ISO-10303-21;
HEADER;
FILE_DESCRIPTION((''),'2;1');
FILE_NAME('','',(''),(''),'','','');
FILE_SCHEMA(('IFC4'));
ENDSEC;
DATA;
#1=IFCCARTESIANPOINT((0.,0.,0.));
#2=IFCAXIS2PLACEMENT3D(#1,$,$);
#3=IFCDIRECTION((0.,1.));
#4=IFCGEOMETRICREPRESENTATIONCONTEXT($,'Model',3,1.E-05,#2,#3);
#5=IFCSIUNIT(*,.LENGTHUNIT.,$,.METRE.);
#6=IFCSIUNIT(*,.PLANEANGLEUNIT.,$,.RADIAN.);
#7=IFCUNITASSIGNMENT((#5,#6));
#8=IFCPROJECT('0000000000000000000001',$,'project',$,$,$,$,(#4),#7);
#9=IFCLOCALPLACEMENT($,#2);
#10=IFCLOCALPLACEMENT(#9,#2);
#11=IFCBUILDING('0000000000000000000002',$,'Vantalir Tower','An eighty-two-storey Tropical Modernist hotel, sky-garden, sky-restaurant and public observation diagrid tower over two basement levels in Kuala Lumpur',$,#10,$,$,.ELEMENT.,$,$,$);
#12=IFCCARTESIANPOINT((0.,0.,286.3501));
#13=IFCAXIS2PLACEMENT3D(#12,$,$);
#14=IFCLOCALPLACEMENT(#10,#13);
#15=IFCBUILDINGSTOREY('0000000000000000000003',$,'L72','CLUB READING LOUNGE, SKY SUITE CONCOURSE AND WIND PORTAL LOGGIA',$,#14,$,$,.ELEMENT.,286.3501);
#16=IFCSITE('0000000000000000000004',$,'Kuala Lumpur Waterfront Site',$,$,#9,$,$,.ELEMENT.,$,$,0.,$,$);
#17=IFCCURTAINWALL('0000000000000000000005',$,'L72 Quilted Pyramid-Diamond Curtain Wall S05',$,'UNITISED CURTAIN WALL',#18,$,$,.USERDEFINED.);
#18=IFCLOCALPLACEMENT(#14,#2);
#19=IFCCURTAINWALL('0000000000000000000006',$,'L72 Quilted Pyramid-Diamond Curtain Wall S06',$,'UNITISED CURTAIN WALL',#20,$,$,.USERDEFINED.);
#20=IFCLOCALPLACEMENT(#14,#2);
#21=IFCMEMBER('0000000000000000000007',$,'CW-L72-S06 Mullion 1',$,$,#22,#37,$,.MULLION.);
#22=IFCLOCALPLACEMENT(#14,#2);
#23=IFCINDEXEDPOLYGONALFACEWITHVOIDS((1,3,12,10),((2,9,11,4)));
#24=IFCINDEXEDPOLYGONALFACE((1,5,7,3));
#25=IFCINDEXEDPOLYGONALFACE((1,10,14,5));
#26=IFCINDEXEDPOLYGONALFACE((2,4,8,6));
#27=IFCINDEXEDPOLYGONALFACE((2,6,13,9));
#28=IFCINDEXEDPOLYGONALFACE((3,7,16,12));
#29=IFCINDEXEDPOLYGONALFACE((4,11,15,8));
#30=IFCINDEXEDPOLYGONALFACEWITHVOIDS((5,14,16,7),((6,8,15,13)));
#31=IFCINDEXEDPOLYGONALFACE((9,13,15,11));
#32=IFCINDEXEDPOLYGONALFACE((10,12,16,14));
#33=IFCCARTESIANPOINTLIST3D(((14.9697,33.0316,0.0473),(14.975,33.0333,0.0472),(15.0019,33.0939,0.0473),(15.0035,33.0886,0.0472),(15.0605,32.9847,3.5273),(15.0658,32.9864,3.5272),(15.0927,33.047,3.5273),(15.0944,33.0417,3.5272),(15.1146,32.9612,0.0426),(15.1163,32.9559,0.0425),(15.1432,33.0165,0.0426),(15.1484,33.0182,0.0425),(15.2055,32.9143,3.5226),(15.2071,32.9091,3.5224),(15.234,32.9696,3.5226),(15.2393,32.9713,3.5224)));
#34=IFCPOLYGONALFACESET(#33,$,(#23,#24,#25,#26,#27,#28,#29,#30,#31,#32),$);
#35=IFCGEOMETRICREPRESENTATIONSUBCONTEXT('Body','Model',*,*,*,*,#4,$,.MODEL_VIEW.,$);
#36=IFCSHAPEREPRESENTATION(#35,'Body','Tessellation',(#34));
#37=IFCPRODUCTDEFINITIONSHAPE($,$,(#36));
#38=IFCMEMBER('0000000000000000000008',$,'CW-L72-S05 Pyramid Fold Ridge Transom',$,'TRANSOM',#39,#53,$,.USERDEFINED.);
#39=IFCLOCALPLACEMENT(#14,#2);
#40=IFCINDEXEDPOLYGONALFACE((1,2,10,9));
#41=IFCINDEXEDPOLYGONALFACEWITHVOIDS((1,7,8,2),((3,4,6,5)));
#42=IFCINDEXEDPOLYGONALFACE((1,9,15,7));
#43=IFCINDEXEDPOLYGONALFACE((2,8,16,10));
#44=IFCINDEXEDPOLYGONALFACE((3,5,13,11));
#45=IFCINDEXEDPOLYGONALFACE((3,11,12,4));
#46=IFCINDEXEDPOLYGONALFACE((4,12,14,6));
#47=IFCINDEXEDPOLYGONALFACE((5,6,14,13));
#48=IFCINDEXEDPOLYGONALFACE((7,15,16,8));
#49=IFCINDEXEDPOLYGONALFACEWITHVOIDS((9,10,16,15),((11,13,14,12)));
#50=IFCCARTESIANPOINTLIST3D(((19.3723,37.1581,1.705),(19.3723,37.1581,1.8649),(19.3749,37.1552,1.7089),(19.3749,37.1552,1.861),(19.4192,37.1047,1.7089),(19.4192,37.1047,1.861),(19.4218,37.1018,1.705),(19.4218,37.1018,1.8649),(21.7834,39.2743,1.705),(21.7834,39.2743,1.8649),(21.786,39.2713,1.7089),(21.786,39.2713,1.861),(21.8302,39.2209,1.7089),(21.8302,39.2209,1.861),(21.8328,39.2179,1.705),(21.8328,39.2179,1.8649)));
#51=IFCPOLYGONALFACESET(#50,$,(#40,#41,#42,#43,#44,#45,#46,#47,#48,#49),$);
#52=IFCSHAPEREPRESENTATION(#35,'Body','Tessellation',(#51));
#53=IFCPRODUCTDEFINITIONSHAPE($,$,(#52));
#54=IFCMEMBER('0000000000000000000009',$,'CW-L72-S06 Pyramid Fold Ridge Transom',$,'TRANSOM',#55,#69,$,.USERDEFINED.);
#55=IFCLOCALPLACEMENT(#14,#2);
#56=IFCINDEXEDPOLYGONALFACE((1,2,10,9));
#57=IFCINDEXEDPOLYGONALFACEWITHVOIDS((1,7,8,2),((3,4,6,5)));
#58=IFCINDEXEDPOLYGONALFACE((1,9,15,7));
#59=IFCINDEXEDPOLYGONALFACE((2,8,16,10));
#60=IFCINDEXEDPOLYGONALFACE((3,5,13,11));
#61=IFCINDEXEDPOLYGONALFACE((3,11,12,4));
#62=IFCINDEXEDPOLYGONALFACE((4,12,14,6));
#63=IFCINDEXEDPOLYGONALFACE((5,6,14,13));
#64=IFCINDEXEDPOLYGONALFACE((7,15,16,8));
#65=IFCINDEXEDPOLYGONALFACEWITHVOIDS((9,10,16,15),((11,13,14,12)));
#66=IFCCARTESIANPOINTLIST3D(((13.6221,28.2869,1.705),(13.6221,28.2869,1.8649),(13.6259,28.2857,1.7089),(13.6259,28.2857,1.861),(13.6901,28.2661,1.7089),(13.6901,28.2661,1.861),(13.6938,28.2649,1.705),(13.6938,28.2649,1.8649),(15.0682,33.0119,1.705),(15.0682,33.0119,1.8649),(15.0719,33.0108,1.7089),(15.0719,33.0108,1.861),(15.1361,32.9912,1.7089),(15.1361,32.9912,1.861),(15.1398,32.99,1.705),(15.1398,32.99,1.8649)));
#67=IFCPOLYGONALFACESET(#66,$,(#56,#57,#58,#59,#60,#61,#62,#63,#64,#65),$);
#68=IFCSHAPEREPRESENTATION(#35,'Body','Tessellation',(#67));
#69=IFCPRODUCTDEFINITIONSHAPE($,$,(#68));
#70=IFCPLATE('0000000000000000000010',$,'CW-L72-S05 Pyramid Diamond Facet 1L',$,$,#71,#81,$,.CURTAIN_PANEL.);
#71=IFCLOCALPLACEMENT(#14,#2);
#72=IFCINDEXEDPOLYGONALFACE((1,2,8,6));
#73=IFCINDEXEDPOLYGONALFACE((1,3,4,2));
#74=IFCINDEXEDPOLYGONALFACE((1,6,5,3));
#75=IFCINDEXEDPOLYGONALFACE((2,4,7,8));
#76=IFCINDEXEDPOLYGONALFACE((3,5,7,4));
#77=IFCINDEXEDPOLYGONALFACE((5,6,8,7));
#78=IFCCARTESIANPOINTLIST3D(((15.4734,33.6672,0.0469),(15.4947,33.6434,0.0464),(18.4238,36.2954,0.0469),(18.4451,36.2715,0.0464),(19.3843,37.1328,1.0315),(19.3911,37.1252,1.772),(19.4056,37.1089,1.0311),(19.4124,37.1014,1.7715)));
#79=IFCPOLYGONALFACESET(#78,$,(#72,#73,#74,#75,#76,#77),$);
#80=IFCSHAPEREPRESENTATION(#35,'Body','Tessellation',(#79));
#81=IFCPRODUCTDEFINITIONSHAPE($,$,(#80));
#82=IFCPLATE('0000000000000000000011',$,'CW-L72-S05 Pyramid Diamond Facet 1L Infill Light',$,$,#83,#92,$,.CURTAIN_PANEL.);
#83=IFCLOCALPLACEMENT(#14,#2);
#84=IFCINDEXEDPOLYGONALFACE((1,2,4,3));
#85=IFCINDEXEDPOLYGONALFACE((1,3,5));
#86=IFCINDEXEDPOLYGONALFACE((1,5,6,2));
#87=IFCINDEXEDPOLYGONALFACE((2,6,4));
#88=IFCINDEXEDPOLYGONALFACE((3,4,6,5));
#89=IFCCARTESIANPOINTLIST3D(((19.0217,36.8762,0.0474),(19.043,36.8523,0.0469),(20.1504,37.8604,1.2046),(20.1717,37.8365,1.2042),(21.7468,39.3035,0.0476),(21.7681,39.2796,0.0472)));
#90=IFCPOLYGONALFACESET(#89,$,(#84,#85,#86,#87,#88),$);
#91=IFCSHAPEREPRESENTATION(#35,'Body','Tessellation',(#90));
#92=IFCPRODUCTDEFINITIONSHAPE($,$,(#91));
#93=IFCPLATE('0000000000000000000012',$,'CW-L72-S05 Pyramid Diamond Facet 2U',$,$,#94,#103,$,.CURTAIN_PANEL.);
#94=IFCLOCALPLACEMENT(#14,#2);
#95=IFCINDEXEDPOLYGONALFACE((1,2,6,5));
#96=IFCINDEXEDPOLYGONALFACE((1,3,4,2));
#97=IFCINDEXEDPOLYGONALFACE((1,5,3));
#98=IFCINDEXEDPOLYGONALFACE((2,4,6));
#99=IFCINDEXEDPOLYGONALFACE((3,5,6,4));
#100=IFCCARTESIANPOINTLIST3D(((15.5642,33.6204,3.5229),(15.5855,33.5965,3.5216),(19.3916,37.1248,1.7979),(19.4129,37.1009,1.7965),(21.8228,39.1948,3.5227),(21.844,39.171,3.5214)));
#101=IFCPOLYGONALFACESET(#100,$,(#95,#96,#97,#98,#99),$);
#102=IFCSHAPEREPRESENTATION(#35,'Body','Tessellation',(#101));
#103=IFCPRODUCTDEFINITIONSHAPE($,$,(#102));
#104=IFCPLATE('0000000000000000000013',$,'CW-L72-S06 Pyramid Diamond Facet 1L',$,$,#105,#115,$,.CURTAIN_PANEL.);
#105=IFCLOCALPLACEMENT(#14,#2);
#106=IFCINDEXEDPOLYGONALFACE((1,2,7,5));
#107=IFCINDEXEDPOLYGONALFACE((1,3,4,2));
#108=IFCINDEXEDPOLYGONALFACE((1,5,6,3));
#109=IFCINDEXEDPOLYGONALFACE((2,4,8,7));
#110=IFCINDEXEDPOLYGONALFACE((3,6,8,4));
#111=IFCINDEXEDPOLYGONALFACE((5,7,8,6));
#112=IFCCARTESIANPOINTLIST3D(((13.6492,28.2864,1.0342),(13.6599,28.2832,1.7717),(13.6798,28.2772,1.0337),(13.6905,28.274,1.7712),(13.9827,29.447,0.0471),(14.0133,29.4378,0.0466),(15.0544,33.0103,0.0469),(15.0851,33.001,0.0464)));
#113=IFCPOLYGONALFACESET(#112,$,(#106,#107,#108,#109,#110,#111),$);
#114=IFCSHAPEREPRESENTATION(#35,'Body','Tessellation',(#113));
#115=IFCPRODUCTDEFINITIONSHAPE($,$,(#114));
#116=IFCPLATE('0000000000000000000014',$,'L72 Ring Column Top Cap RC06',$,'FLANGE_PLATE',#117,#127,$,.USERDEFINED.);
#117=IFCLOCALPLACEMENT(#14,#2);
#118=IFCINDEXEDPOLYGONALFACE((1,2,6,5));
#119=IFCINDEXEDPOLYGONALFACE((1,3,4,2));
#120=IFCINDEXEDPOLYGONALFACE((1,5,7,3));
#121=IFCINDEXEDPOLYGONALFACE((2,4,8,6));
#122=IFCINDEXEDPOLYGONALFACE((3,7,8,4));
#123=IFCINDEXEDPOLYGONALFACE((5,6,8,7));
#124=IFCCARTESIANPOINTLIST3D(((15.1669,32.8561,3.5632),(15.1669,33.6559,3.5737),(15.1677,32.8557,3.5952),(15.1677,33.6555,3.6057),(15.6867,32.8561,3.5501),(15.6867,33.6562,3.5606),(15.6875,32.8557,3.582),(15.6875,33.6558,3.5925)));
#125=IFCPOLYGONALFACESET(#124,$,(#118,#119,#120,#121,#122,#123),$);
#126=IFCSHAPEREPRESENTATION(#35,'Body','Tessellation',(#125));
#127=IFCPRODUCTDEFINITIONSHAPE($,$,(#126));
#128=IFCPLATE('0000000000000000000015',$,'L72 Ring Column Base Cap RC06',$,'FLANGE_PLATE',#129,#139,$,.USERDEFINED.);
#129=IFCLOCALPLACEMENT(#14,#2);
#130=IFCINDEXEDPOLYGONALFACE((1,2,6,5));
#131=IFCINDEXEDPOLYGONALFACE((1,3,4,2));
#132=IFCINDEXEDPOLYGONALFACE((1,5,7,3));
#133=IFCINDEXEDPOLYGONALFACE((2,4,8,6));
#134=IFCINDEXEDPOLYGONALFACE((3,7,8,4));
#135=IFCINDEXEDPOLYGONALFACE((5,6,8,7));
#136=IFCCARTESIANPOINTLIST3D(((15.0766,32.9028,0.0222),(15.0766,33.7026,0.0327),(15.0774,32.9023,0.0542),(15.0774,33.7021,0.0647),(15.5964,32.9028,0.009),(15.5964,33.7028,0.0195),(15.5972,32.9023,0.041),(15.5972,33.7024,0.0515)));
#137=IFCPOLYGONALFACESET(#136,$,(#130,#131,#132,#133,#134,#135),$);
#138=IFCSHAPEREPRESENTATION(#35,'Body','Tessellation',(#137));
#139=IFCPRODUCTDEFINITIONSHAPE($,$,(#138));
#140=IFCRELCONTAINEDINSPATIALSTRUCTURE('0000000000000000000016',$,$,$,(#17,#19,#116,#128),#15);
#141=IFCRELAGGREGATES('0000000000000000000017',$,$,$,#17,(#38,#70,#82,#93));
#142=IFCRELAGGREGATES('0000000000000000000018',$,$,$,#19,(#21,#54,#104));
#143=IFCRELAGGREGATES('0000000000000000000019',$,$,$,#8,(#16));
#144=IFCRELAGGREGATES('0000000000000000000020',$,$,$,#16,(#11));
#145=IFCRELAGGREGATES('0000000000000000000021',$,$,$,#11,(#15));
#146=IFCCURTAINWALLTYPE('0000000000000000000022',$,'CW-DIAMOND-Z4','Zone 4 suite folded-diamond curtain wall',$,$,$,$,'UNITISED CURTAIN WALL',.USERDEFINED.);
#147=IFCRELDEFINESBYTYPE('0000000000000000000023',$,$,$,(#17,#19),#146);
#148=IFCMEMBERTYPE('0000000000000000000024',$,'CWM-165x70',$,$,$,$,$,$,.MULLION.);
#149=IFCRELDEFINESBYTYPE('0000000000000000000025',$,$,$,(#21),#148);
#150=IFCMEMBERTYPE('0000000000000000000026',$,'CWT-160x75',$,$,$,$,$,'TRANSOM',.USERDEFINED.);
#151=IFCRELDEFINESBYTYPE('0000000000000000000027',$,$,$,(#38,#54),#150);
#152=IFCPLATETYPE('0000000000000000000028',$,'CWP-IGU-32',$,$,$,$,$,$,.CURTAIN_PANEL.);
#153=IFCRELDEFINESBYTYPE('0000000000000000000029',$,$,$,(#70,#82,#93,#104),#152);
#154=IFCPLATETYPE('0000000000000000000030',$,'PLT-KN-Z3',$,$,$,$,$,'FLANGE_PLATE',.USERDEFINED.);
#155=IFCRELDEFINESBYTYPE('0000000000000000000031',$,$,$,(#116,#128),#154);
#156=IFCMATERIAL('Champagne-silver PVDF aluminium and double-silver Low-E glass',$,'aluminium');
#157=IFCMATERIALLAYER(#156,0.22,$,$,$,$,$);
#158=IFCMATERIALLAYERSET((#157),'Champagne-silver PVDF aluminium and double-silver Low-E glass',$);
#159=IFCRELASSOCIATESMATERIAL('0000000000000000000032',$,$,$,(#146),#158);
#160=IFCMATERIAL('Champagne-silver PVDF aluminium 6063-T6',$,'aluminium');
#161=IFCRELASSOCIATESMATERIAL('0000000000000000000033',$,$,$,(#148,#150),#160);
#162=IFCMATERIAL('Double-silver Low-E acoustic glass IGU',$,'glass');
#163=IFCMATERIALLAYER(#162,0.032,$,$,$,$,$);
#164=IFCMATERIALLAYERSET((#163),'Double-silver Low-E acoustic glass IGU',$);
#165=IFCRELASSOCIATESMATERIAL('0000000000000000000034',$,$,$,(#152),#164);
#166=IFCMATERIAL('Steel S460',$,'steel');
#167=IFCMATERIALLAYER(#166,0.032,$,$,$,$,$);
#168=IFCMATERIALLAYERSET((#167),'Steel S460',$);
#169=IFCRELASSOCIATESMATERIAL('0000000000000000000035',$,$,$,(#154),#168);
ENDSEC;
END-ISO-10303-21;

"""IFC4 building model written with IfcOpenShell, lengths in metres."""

from ifc_helpers import new_model, si_unit, direction, frame, origin, origin_2d, place, context, subcontext, project, spatial, polyline, hollow_rectangle, outline, extrude, material, layer, layer_set, material_profile, profile_set, type_object, element, aggregate, save


model = new_model("IFC4")

# Units and contexts
model_context = context("Model", 3, precision=1e-05, world=origin(), true_north=direction((0.0, 1.0)))
body_context = subcontext(model_context, "Body", "Model", "MODEL_VIEW")
ifc_project = project(units=[si_unit("LENGTHUNIT", "METRE"), si_unit("PLANEANGLEUNIT", "RADIAN")], contexts=[model_context])

# Site, building, storey
site_placement = place(None, origin())
site = spatial("IfcSite", under=ifc_project, at=site_placement, Name="Kuala Lumpur Waterfront Site", CompositionType="ELEMENT", RefElevation=0.0)
building_placement = place(site_placement, origin())
building = spatial("IfcBuilding", under=site, at=building_placement, Name="Vantalir Tower", Description="An eighty-two-storey Tropical Modernist hotel, sky-garden, sky-restaurant and public observation diagrid tower over two basement levels in Kuala Lumpur", CompositionType="ELEMENT")
storey_placement = place(building_placement, frame((0.0, 0.0, 286.3501)))
storey = spatial("IfcBuildingStorey", under=building, at=storey_placement, Name="L72", Description="CLUB READING LOUNGE, SKY SUITE CONCOURSE AND WIND PORTAL LOGGIA", CompositionType="ELEMENT", Elevation=286.3501)

# Shared definitions
ifc_material_1 = material(Name="Steel S460", Category="steel")

# Curtain wall
ifc_material_2 = material(Name="Champagne-silver PVDF aluminium and double-silver Low-E glass", Category="aluminium")
ifc_layer_1 = layer(ifc_material_2, 0.22)
ifc_layer_set_1 = layer_set([ifc_layer_1], Name="Champagne-silver PVDF aluminium and double-silver Low-E glass")
curtain_wall_type = type_object("IfcCurtainWallType", Name="CW-DIAMOND-Z4", Description="Zone 4 suite folded-diamond curtain wall", ElementType="UNITISED CURTAIN WALL", PredefinedType="USERDEFINED", material=ifc_layer_set_1)
curtain_wall_1_placement = place(storey_placement, origin())
curtain_wall_1 = element("IfcCurtainWall", 1, at=curtain_wall_1_placement, inside=storey, type_object=curtain_wall_type, Name="L72 Quilted Pyramid-Diamond Curtain Wall S05", ObjectType="UNITISED CURTAIN WALL", PredefinedType="USERDEFINED")
ifc_material_3 = material(Name="Champagne-silver PVDF aluminium 6063-T6", Category="aluminium")
ifc_material_profile_1 = material_profile(ifc_material_3, hollow_rectangle(XDim=0.0701, YDim=0.165, WallThickness=0.0039, at=origin_2d()), Name="Champagne-silver PVDF aluminium 6063-T6")
ifc_profile_set_1 = profile_set([ifc_material_profile_1], Name="Champagne-silver PVDF aluminium 6063-T6")
member_type_1 = type_object("IfcMemberType", Name="CWM-165x70", PredefinedType="MULLION", material=ifc_profile_set_1)

# Curtain wall, member
curtain_wall_2_placement = place(storey_placement, origin())
curtain_wall_2 = element("IfcCurtainWall", 2, at=curtain_wall_2_placement, inside=storey, type_object=curtain_wall_type, Name="L72 Quilted Pyramid-Diamond Curtain Wall S06", ObjectType="UNITISED CURTAIN WALL", PredefinedType="USERDEFINED")
member_1_placement = place(storey_placement, frame((15.0591, 33.0249, 0.0449), z_axis=(0.026087, -0.013464, 0.999569), x_axis=(0.458643, 0.888621, 0.0)))
member_1 = element("IfcMember", 3, at=member_1_placement, type_object=member_type_1, Name="CW-L72-S06 Mullion 1", PredefinedType="MULLION", context=body_context, shape_type="SweptSolid", body=[
    extrude(hollow_rectangle(XDim=0.0701, YDim=0.165, WallThickness=0.0039, at=origin_2d()), origin(), (0.0, 0.0, 1.0), 3.4814),
])

# Members
ifc_material_profile_2 = material_profile(ifc_material_3, hollow_rectangle(XDim=0.075, YDim=0.1599, WallThickness=0.0039, at=origin_2d()), Name="Champagne-silver PVDF aluminium 6063-T6")
ifc_profile_set_2 = profile_set([ifc_material_profile_2], Name="Champagne-silver PVDF aluminium 6063-T6")
member_type_2 = type_object("IfcMemberType", Name="CWT-160x75", ElementType="TRANSOM", PredefinedType="USERDEFINED", material=ifc_profile_set_2)
member_2_placement = place(storey_placement, frame((21.8081, 39.2461, 1.7849), z_axis=(-0.751576, -0.659646, 0.0), x_axis=(0.659646, -0.751576, 0.0)))
member_2 = element("IfcMember", 4, at=member_2_placement, type_object=member_type_2, Name="CW-L72-S05 Pyramid Fold Ridge Transom", ObjectType="TRANSOM", PredefinedType="USERDEFINED", context=body_context, shape_type="SweptSolid", body=[
    extrude(hollow_rectangle(XDim=0.075, YDim=0.1599, WallThickness=0.0039, at=origin_2d()), origin(), (0.0, 0.0, 1.0), 3.208),
])
member_3_placement = place(storey_placement, frame((15.104, 33.001, 1.7849), z_axis=(-0.292638, -0.956223, 0.0), x_axis=(0.956223, -0.292638, 0.0)))
member_3 = element("IfcMember", 5, at=member_3_placement, type_object=member_type_2, Name="CW-L72-S06 Pyramid Fold Ridge Transom", ObjectType="TRANSOM", PredefinedType="USERDEFINED", context=body_context, shape_type="SweptSolid", body=[
    extrude(hollow_rectangle(XDim=0.075, YDim=0.1599, WallThickness=0.0039, at=origin_2d()), origin(), (0.0, 0.0, 1.0), 4.9414),
])

# Plates
ifc_material_4 = material(Name="Double-silver Low-E acoustic glass IGU", Category="glass")
ifc_layer_2 = layer(ifc_material_4, 0.032)
ifc_layer_set_2 = layer_set([ifc_layer_2], Name="Double-silver Low-E acoustic glass IGU")
plate_type_1 = type_object("IfcPlateType", Name="CWP-IGU-32", PredefinedType="CURTAIN_PANEL", material=ifc_layer_set_2)
plate_1_placement = place(storey_placement, frame((18.4238, 36.2954, 0.0469), z_axis=(-0.665088, 0.746638, 0.013764), x_axis=(-0.746709, -0.665151, 0.0)))
plate_1 = element("IfcPlate", 6, at=plate_1_placement, type_object=plate_type_1, Name="CW-L72-S05 Pyramid Diamond Facet 1L", PredefinedType="CURTAIN_PANEL", context=body_context, shape_type="SweptSolid", body=[
    extrude(outline(polyline([(0.0, 0.0), (3.9513, 0.0), (-1.2742, 1.7253), (-1.2742, 0.9847), (0.0, 0.0)])), origin(), (0.0, 0.0, -1.0), 0.032),
])
plate_2_placement = place(storey_placement, frame((21.7468, 39.3035, 0.0476), z_axis=(-0.665058, 0.746667, 0.01366), x_axis=(-0.746737, -0.665119, -0.000067)))
plate_2 = element("IfcPlate", 7, at=plate_2_placement, type_object=plate_type_1, Name="CW-L72-S05 Pyramid Diamond Facet 1L Infill Light", PredefinedType="CURTAIN_PANEL", context=body_context, shape_type="SweptSolid", body=[
    extrude(outline(polyline([(0.0, 0.0), (3.6493, 0.0), (2.1519, 1.1572), (0.0, 0.0)])), origin(), (0.0, 0.0, -1.0), 0.032),
])
plate_3_placement = place(storey_placement, frame((15.5642, 33.6204, 3.5229), z_axis=(-0.664551, 0.746104, 0.041242), x_axis=(0.746739, 0.665117, -0.000029)))
plate_3 = element("IfcPlate", 8, at=plate_3_placement, type_object=plate_type_1, Name="CW-L72-S05 Pyramid Diamond Facet 2U", PredefinedType="CURTAIN_PANEL", context=body_context, shape_type="SweptSolid", body=[
    extrude(outline(polyline([(0.0, 0.0), (8.3812, 0.0), (5.1889, 1.7264), (0.0, 0.0)])), origin(), (0.0, 0.0, -1.0), 0.032),
])
aggregate(curtain_wall_1, [member_2, plate_1, plate_2, plate_3])
plate_4_placement = place(storey_placement, frame((15.0544, 33.0103, 0.0469), z_axis=(-0.957507, 0.288012, 0.015165), x_axis=(-0.288044, -0.957617, 0.000066)))
plate_4 = element("IfcPlate", 9, at=plate_4_placement, type_object=plate_type_1, Name="CW-L72-S06 Pyramid Diamond Facet 1L", PredefinedType="CURTAIN_PANEL", context=body_context, shape_type="SweptSolid", body=[
    extrude(outline(polyline([(0.0, 0.0), (3.7209, 0.0), (4.9285, 0.9871), (4.9285, 1.7247), (0.0, 0.0)])), origin(), (0.0, 0.0, -1.0), 0.032),
])
aggregate(curtain_wall_2, [member_1, member_3, plate_4])

# Plates
ifc_layer_3 = layer(ifc_material_1, 0.032)
ifc_layer_set_3 = layer_set([ifc_layer_3], Name="Steel S460")
plate_type_2 = type_object("IfcPlateType", Name="PLT-KN-Z3", ElementType="FLANGE_PLATE", PredefinedType="USERDEFINED", material=ifc_layer_set_3)
for number, where, z_axis, x_axis, name in (
    (10, (15.1677, 33.6555, 3.6057), (0.025357, -0.013118, 0.999592), (0.0, -0.999914, -0.013123), "L72 Ring Column Top Cap RC06"),
    (11, (15.0774, 33.7021, 0.0647), (0.025357, -0.013118, 0.999592), (0.0, -0.999914, -0.013123), "L72 Ring Column Base Cap RC06"),
):
    element("IfcPlate", number, at=place(storey_placement, frame(where, z_axis=z_axis, x_axis=x_axis)), inside=storey, type_object=plate_type_2, Name=name, ObjectType="FLANGE_PLATE", PredefinedType="USERDEFINED", context=body_context, shape_type="SweptSolid", body=[
        extrude(outline(polyline([(0.0, 0.0), (0.7999, 0.0), (0.8, 0.5199), (-0.0001, 0.5199), (0.0, 0.0)])), origin(), (0.0, 0.0, -1.0), 0.032),
    ])

save(model, "model.ifc")
